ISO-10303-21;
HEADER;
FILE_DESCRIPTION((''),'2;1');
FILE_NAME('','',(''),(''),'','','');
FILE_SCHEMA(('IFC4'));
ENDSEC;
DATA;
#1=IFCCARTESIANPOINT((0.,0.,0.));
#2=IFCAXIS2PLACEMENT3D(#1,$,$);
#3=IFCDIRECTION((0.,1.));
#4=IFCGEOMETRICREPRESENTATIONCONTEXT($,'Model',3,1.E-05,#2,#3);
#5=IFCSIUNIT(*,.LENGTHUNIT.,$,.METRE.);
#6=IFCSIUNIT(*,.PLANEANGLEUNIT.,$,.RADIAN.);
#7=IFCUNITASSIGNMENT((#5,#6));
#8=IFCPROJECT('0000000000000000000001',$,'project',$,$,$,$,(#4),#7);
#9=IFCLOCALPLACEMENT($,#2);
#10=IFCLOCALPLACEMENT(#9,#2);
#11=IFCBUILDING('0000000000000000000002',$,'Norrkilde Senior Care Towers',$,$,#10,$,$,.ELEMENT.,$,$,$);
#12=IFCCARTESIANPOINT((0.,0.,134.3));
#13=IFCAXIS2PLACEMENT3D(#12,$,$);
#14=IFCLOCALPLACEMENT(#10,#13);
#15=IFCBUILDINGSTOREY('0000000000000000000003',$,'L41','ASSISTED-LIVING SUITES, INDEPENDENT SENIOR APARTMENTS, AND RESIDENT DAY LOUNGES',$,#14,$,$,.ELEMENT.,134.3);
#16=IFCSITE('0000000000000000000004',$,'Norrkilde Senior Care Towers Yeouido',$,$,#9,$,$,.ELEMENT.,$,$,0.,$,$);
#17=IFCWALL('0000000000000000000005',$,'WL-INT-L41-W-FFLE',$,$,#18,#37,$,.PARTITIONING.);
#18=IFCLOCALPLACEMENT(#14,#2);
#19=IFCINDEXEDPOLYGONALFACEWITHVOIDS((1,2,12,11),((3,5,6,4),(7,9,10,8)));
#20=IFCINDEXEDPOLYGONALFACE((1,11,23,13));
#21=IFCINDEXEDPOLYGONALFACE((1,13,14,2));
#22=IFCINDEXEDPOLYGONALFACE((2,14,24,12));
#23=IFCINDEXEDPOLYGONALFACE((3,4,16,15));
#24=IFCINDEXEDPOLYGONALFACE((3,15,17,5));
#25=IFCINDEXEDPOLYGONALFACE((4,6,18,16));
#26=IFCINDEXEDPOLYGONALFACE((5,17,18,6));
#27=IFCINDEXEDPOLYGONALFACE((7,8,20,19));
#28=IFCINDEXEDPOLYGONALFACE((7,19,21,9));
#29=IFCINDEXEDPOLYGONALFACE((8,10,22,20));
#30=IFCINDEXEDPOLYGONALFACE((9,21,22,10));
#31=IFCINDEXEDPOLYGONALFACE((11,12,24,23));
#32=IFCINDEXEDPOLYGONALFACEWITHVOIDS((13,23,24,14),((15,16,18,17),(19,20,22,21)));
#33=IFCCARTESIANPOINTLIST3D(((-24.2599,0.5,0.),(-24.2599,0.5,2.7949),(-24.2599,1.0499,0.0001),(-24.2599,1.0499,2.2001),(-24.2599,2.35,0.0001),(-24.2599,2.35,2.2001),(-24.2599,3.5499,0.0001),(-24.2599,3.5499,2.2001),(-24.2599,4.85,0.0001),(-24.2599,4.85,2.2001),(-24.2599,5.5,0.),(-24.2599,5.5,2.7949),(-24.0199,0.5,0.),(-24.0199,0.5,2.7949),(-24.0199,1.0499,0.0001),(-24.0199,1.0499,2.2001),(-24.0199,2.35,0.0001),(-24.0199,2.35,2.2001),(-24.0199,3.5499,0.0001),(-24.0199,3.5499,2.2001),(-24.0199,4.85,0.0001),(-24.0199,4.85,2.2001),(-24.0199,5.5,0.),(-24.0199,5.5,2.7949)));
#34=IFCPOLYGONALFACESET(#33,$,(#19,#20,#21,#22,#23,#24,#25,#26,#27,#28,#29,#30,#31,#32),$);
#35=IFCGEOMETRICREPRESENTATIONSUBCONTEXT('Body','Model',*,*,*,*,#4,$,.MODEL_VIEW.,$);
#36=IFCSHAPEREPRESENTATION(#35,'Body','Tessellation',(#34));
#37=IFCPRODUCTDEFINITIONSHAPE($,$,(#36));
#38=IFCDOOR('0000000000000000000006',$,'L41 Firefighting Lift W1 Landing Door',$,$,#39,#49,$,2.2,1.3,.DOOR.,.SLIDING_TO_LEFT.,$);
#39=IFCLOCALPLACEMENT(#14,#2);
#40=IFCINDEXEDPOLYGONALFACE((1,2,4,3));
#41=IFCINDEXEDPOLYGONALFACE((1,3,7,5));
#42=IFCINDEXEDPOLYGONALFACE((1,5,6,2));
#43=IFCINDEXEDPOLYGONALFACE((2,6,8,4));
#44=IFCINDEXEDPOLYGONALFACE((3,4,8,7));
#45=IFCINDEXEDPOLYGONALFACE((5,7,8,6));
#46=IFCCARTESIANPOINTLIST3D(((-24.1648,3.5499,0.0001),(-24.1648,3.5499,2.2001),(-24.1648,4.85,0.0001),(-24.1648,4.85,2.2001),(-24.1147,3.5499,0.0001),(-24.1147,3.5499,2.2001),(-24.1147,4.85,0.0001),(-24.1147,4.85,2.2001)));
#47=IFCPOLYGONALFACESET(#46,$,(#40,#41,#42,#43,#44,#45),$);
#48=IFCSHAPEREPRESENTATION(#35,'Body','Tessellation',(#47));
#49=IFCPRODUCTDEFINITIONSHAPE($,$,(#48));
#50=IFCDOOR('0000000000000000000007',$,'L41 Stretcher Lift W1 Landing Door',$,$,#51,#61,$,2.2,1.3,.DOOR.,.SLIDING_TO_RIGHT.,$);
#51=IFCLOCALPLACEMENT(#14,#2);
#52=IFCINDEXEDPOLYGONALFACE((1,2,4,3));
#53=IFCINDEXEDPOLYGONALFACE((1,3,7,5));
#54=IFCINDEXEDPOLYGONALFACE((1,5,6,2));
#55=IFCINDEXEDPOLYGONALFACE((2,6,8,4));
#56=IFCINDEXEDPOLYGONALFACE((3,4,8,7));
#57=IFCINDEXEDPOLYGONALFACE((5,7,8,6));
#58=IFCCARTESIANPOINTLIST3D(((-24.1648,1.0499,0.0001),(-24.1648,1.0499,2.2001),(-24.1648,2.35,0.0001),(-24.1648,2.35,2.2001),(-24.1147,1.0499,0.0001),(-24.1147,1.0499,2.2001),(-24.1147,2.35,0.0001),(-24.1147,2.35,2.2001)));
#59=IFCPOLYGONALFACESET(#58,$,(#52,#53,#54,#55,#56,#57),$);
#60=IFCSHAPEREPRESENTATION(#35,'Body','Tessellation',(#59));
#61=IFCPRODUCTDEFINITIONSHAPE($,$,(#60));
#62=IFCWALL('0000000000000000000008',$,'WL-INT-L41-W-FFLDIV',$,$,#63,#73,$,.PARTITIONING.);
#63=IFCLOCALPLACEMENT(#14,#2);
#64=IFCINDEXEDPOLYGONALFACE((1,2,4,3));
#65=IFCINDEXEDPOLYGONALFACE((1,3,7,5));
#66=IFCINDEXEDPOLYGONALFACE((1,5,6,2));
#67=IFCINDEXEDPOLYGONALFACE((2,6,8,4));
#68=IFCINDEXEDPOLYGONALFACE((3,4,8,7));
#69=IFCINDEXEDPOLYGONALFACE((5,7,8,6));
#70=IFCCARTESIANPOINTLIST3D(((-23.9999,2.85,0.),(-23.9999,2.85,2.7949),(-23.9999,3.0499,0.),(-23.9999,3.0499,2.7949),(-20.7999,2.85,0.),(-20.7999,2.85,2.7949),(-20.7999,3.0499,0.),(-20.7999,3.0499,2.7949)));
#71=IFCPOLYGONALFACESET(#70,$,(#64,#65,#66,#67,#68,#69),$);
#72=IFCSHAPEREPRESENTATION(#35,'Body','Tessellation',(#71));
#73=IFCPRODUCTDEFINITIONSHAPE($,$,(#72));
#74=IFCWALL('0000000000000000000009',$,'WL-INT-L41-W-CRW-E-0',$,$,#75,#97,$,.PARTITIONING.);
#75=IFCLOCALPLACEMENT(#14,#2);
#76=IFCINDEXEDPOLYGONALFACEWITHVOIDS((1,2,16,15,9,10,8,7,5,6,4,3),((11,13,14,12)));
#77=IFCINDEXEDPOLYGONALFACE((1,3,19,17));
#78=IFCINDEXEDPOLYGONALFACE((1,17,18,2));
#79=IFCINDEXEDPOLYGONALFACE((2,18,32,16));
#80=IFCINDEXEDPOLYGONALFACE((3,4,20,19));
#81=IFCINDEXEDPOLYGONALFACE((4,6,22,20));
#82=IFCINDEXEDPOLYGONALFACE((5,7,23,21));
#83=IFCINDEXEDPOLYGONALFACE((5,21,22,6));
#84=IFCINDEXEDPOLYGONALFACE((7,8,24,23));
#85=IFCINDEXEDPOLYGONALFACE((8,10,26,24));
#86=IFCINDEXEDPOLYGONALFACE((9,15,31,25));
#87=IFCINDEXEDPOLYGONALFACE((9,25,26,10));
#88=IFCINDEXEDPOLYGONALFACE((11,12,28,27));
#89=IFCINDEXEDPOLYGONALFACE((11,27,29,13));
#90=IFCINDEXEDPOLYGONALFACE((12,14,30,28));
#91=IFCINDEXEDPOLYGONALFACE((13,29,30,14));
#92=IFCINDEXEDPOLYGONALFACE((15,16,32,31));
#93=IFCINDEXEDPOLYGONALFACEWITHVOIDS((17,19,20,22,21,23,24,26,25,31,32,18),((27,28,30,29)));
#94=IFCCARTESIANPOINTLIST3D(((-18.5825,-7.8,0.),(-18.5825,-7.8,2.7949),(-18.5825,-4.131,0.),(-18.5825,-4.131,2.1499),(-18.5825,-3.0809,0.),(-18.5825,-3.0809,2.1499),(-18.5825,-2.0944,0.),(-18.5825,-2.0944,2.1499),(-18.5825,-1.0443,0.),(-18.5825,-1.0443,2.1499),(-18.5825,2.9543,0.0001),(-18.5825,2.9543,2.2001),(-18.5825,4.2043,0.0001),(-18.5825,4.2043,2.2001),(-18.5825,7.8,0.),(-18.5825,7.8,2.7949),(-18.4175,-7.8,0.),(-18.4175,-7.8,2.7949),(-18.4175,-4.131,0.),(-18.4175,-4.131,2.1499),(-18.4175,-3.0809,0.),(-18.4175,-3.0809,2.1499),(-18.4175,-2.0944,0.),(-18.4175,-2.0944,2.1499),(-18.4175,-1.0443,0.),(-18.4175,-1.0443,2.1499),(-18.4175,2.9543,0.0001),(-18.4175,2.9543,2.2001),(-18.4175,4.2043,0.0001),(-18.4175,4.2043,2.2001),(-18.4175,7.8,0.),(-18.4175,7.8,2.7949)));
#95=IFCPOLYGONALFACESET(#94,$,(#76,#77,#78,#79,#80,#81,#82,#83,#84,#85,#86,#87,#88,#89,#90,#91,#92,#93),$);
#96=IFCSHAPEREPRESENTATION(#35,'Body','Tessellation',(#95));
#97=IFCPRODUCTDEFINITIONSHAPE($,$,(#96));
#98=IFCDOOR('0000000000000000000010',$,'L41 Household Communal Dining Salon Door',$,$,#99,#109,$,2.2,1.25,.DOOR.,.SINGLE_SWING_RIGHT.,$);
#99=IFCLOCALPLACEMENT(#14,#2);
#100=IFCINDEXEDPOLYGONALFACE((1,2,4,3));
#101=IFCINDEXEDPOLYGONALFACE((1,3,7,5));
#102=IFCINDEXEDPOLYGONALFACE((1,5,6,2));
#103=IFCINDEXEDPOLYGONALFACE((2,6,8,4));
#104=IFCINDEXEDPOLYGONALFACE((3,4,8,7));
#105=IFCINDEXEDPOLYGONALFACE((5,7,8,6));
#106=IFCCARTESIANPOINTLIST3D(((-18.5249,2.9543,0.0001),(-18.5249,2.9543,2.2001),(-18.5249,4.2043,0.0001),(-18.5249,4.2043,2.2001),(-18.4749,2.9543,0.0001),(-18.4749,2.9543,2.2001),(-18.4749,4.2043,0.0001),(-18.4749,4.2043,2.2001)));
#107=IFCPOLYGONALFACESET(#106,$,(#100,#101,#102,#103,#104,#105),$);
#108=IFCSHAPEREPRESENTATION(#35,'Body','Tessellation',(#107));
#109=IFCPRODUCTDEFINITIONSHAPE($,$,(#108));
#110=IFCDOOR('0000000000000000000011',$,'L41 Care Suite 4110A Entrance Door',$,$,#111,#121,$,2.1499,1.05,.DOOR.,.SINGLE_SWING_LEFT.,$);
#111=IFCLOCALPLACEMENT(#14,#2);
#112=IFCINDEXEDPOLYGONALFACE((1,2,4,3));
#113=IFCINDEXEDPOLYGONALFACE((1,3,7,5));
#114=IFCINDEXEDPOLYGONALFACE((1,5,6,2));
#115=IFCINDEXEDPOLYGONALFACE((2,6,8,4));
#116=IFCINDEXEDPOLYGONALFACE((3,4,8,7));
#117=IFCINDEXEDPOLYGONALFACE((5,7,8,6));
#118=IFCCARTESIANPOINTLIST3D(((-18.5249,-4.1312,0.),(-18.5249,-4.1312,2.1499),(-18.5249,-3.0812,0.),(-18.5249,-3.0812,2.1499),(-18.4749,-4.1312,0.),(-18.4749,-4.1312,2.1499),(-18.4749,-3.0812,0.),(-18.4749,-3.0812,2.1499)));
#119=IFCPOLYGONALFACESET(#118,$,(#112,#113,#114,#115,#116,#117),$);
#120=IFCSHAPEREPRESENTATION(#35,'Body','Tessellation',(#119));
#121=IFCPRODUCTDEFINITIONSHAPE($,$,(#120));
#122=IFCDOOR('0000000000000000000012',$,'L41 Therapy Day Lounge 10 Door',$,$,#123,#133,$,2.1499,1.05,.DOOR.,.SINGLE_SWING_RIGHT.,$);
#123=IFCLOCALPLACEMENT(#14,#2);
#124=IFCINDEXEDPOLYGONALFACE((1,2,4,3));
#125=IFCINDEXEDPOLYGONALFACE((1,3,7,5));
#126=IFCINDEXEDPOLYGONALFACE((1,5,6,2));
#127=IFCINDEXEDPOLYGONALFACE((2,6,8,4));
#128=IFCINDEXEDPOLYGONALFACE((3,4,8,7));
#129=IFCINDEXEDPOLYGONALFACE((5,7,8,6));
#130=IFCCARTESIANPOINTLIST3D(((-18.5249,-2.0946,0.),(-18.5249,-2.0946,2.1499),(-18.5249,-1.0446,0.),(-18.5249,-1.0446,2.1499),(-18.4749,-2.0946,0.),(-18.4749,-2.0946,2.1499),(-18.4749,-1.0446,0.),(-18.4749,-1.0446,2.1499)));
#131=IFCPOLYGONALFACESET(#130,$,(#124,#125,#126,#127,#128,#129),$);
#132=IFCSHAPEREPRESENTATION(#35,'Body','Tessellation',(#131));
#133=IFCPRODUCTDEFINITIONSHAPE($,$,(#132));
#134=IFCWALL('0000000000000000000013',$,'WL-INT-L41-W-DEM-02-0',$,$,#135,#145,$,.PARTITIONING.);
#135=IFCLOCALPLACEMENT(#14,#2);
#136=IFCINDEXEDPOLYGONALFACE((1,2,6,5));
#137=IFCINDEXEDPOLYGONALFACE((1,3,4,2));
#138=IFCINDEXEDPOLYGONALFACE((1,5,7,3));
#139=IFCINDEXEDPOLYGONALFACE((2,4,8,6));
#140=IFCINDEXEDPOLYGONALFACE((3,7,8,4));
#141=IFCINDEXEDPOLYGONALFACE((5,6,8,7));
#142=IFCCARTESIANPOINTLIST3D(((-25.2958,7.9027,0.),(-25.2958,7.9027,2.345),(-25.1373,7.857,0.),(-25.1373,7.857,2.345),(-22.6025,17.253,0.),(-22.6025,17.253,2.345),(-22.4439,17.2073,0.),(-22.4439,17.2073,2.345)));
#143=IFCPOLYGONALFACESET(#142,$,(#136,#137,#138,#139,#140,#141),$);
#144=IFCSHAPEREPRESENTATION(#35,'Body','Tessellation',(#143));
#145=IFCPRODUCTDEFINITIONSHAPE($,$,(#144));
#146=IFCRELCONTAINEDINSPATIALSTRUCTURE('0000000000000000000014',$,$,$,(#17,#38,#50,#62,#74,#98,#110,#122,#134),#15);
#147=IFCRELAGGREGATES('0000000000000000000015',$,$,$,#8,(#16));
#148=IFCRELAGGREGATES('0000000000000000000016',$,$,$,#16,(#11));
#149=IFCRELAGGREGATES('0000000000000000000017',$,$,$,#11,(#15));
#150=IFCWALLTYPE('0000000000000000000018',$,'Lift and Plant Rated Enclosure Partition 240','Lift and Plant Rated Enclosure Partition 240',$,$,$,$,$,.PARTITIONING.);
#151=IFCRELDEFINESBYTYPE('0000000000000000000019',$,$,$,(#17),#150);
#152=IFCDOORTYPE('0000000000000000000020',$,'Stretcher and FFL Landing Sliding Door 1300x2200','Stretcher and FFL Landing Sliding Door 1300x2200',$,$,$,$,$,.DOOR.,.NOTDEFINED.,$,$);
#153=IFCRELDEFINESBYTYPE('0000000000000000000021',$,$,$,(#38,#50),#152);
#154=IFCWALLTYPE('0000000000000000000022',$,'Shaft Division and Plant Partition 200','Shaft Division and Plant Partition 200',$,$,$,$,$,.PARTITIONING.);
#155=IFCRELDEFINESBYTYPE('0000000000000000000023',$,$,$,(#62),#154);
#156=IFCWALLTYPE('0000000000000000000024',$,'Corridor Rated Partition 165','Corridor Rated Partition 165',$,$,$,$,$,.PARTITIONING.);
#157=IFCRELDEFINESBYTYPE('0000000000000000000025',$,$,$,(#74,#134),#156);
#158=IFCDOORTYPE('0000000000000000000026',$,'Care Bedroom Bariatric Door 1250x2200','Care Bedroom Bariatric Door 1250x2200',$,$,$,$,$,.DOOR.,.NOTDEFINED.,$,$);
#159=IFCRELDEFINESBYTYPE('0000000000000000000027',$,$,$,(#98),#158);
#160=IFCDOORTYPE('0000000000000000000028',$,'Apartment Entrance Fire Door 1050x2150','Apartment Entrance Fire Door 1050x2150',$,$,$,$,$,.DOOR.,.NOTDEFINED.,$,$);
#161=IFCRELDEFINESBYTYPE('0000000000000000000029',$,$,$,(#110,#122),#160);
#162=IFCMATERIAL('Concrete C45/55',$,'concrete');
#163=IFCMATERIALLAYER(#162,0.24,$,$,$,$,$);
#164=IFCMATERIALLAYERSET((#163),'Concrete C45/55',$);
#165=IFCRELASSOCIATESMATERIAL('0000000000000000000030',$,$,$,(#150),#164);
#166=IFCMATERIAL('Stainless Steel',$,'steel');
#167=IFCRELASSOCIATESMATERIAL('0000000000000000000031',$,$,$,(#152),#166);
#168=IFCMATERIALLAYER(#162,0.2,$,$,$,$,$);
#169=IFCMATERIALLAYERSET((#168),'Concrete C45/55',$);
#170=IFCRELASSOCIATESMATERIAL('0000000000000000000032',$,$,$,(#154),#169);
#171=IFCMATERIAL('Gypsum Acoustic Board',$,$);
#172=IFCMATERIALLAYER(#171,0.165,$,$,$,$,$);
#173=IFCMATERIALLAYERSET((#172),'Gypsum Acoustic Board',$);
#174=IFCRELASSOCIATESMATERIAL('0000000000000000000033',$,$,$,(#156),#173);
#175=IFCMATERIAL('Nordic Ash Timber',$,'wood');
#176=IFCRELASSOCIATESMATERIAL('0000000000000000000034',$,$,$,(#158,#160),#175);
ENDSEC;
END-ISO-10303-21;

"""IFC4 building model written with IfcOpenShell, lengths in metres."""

from ifc_helpers import new_model, si_unit, direction, frame, frame_2d, origin, place, context, subcontext, project, spatial, rectangle, extrude, source, transform, mapped, material, layer, layer_set, type_object, type_shapes, element, fill, save


model = new_model("IFC4")

# Units and contexts
model_context = context("Model", 3, precision=1e-05, world=origin(), true_north=direction((0.0, 1.0)))
body_context = subcontext(model_context, "Body", "Model", "MODEL_VIEW")
ifc_project = project(units=[si_unit("LENGTHUNIT", "METRE"), si_unit("PLANEANGLEUNIT", "RADIAN")], contexts=[model_context])

# Site, building, storey
site_placement = place(None, origin())
site = spatial("IfcSite", under=ifc_project, at=site_placement, Name="Norrkilde Senior Care Towers Yeouido", CompositionType="ELEMENT", RefElevation=0.0)
building_placement = place(site_placement, origin())
building = spatial("IfcBuilding", under=site, at=building_placement, Name="Norrkilde Senior Care Towers", CompositionType="ELEMENT")
storey_placement = place(building_placement, frame((0.0, 0.0, 134.3)))
storey = spatial("IfcBuildingStorey", under=building, at=storey_placement, Name="L41", Description="ASSISTED-LIVING SUITES, INDEPENDENT SENIOR APARTMENTS, AND RESIDENT DAY LOUNGES", CompositionType="ELEMENT", Elevation=134.3)

# Wall, openings, doors
ifc_material_1 = material(Name="Concrete C45/55", Category="concrete")
ifc_layer_1 = layer(ifc_material_1, 0.24)
ifc_layer_set_1 = layer_set([ifc_layer_1], Name="Concrete C45/55")
wall_type_1 = type_object("IfcWallType", Name="Lift and Plant Rated Enclosure Partition 240", Description="Lift and Plant Rated Enclosure Partition 240", PredefinedType="PARTITIONING", material=ifc_layer_set_1)
shared_shape_1 = source(origin(), body_context, "Body", "SweptSolid", [
    extrude(rectangle(XDim=5.0, YDim=0.24, at=frame_2d((2.5, 0.0))), origin(), (0.0, 0.0, 1.0), 2.7949),
])
type_shapes(wall_type_1, [shared_shape_1])
wall_1_placement = place(storey_placement, frame((-24.1399, 0.5, 0.0), z_axis=(0.0, 0.0, 1.0), x_axis=(0.0, 1.0, 0.0)))
wall_1 = element("IfcWall", 1, at=wall_1_placement, inside=storey, type_object=wall_type_1, Name="WL-INT-L41-W-FFLE", PredefinedType="PARTITIONING", context=body_context, shape_type="MappedRepresentation", body=[
    mapped(shared_shape_1, transform((0.0, 0.0, 0.0), x_axis=(1.0, 0.0, 0.0), y_axis=(0.0, 1.0, 0.0), z_axis=(0.0, 0.0, 1.0), scale=1.0)),
])
opening_1_placement = place(wall_1_placement, frame((3.05, 0.0, 0.0)))
opening_1 = element("IfcOpeningElement", 2, at=opening_1_placement, cuts=wall_1, PredefinedType="OPENING", context=body_context, shape_type="SweptSolid", body=[
    extrude(rectangle(XDim=1.3, YDim=2.2, at=frame_2d((0.6499, 1.1001))), frame((0.0, 0.1299, 0.0), z_axis=(0.0, -1.0, 0.0), x_axis=(1.0, 0.0, 0.0)), (0.0, 0.0, 1.0), 0.26),
])
opening_2_placement = place(wall_1_placement, frame((0.55, 0.0, 0.0)))
opening_2 = element("IfcOpeningElement", 3, at=opening_2_placement, cuts=wall_1, PredefinedType="OPENING", context=body_context, shape_type="SweptSolid", body=[
    extrude(rectangle(XDim=1.3, YDim=2.2, at=frame_2d((0.6499, 1.1001))), frame((0.0, 0.1299, 0.0), z_axis=(0.0, -1.0, 0.0), x_axis=(1.0, 0.0, 0.0)), (0.0, 0.0, 1.0), 0.26),
])
ifc_material_2 = material(Name="Stainless Steel", Category="steel")
door_type_1 = type_object("IfcDoorType", Name="Stretcher and FFL Landing Sliding Door 1300x2200", Description="Stretcher and FFL Landing Sliding Door 1300x2200", OperationType="NOTDEFINED", PredefinedType="DOOR", material=ifc_material_2)
shared_shape_2 = source(origin(), body_context, "Body", "SweptSolid", [
    extrude(rectangle(XDim=1.3, YDim=2.2, at=frame_2d((0.6499, 1.1001))), frame((0.0, 0.0249, 0.0), z_axis=(0.0, -1.0, 0.0), x_axis=(1.0, 0.0, 0.0)), (0.0, 0.0, 1.0), 0.05),
])
type_shapes(door_type_1, [shared_shape_2])
door_1_placement = place(opening_1_placement, origin())
door_1 = element("IfcDoor", 4, at=door_1_placement, inside=storey, type_object=door_type_1, Name="L41 Firefighting Lift W1 Landing Door", OperationType="SLIDING_TO_LEFT", OverallHeight=2.2, OverallWidth=1.3, PredefinedType="DOOR", context=body_context, shape_type="MappedRepresentation", body=[
    mapped(shared_shape_2, transform((0.0, 0.0, 0.0), x_axis=(1.0, 0.0, 0.0), y_axis=(0.0, 1.0, 0.0), z_axis=(0.0, 0.0, 1.0), scale=1.0)),
])
fill(opening_1, door_1)
door_2_placement = place(opening_2_placement, origin())
door_2 = element("IfcDoor", 5, at=door_2_placement, inside=storey, type_object=door_type_1, Name="L41 Stretcher Lift W1 Landing Door", OperationType="SLIDING_TO_RIGHT", OverallHeight=2.2, OverallWidth=1.3, PredefinedType="DOOR", context=body_context, shape_type="MappedRepresentation", body=[
    mapped(shared_shape_2, transform((0.0, 0.0, 0.0), x_axis=(1.0, 0.0, 0.0), y_axis=(0.0, 1.0, 0.0), z_axis=(0.0, 0.0, 1.0), scale=1.0)),
])
fill(opening_2, door_2)

# Wall
ifc_layer_2 = layer(ifc_material_1, 0.2)
ifc_layer_set_2 = layer_set([ifc_layer_2], Name="Concrete C45/55")
wall_type_2 = type_object("IfcWallType", Name="Shaft Division and Plant Partition 200", Description="Shaft Division and Plant Partition 200", PredefinedType="PARTITIONING", material=ifc_layer_set_2)
shared_shape_3 = source(origin(), body_context, "Body", "SweptSolid", [
    extrude(rectangle(XDim=3.2, YDim=0.2, at=frame_2d((1.6001, 0.0))), origin(), (0.0, 0.0, 1.0), 2.7949),
])
type_shapes(wall_type_2, [shared_shape_3])
wall_2_placement = place(storey_placement, frame((-24.0, 2.95, 0.0), z_axis=(0.0, 0.0, 1.0), x_axis=(1.0, 0.0, 0.0)))
element("IfcWall", 6, at=wall_2_placement, inside=storey, type_object=wall_type_2, Name="WL-INT-L41-W-FFLDIV", PredefinedType="PARTITIONING", context=body_context, shape_type="MappedRepresentation", body=[
    mapped(shared_shape_3, transform((0.0, 0.0, 0.0), x_axis=(1.0, 0.0, 0.0), y_axis=(0.0, 1.0, 0.0), z_axis=(0.0, 0.0, 1.0), scale=1.0)),
])

# Wall, openings, doors
ifc_material_3 = material(Name="Gypsum Acoustic Board")
ifc_layer_3 = layer(ifc_material_3, 0.165)
ifc_layer_set_3 = layer_set([ifc_layer_3], Name="Gypsum Acoustic Board")
wall_type_3 = type_object("IfcWallType", Name="Corridor Rated Partition 165", Description="Corridor Rated Partition 165", PredefinedType="PARTITIONING", material=ifc_layer_set_3)
shared_shape_4 = source(origin(), body_context, "Body", "SweptSolid", [
    extrude(rectangle(XDim=15.6001, YDim=0.165, at=frame_2d((7.8, 0.0))), origin(), (0.0, 0.0, 1.0), 2.7949),
])
wall_3_placement = place(storey_placement, frame((-18.5, 7.8, 0.0), z_axis=(0.0, 0.0, 1.0), x_axis=(0.0, -1.0, 0.0)))
wall_3 = element("IfcWall", 7, at=wall_3_placement, inside=storey, type_object=wall_type_3, Name="WL-INT-L41-W-CRW-E-0", PredefinedType="PARTITIONING", context=body_context, shape_type="MappedRepresentation", body=[
    mapped(shared_shape_4, transform((0.0, 0.0, 0.0), x_axis=(1.0, 0.0, 0.0), y_axis=(0.0, 1.0, 0.0), z_axis=(0.0, 0.0, 1.0), scale=1.0)),
])
opening_3_placement = place(wall_3_placement, frame((10.8811, 0.0, 0.0)))
opening_3 = element("IfcOpeningElement", 8, at=opening_3_placement, cuts=wall_3, PredefinedType="OPENING", context=body_context, shape_type="SweptSolid", body=[
    extrude(rectangle(XDim=1.05, YDim=2.1499, at=frame_2d((0.5249, 1.075))), frame((0.0, 0.0925, 0.0), z_axis=(0.0, -1.0, 0.0), x_axis=(1.0, 0.0, 0.0)), (0.0, 0.0, 1.0), 0.1851),
])
opening_4_placement = place(wall_3_placement, frame((8.8445, 0.0, 0.0)))
opening_4 = element("IfcOpeningElement", 9, at=opening_4_placement, cuts=wall_3, PredefinedType="OPENING", context=body_context, shape_type="SweptSolid", body=[
    extrude(rectangle(XDim=1.05, YDim=2.1499, at=frame_2d((0.5249, 1.075))), frame((0.0, 0.0925, 0.0), z_axis=(0.0, -1.0, 0.0), x_axis=(1.0, 0.0, 0.0)), (0.0, 0.0, 1.0), 0.1851),
])
opening_5_placement = place(wall_3_placement, frame((3.5957, 0.0, 0.0)))
opening_5 = element("IfcOpeningElement", 10, at=opening_5_placement, cuts=wall_3, PredefinedType="OPENING", context=body_context, shape_type="SweptSolid", body=[
    extrude(rectangle(XDim=1.25, YDim=2.2, at=frame_2d((0.625, 1.1001))), frame((0.0, 0.0925, 0.0), z_axis=(0.0, -1.0, 0.0), x_axis=(1.0, 0.0, 0.0)), (0.0, 0.0, 1.0), 0.1851),
])
ifc_material_4 = material(Name="Nordic Ash Timber", Category="wood")
door_type_2 = type_object("IfcDoorType", Name="Care Bedroom Bariatric Door 1250x2200", Description="Care Bedroom Bariatric Door 1250x2200", OperationType="NOTDEFINED", PredefinedType="DOOR", material=ifc_material_4)
shared_shape_5 = source(origin(), body_context, "Body", "SweptSolid", [
    extrude(rectangle(XDim=1.25, YDim=2.2, at=frame_2d((0.625, 1.1001))), frame((0.0, 0.0249, 0.0), z_axis=(0.0, -1.0, 0.0), x_axis=(1.0, 0.0, 0.0)), (0.0, 0.0, 1.0), 0.05),
])
type_shapes(door_type_2, [shared_shape_5])
door_3_placement = place(opening_5_placement, frame((1.25, 0.0, 0.0), z_axis=(0.0, 0.0, 1.0), x_axis=(-1.0, 0.0, 0.0)))
door_3 = element("IfcDoor", 11, at=door_3_placement, inside=storey, type_object=door_type_2, Name="L41 Household Communal Dining Salon Door", OperationType="SINGLE_SWING_RIGHT", OverallHeight=2.2, OverallWidth=1.25, PredefinedType="DOOR", context=body_context, shape_type="MappedRepresentation", body=[
    mapped(shared_shape_5, transform((0.0, 0.0, 0.0), x_axis=(1.0, 0.0, 0.0), y_axis=(0.0, 1.0, 0.0), z_axis=(0.0, 0.0, 1.0), scale=1.0)),
])
fill(opening_5, door_3)
door_type_3 = type_object("IfcDoorType", Name="Apartment Entrance Fire Door 1050x2150", Description="Apartment Entrance Fire Door 1050x2150", OperationType="NOTDEFINED", PredefinedType="DOOR", material=ifc_material_4)
shared_shape_6 = source(origin(), body_context, "Body", "SweptSolid", [
    extrude(rectangle(XDim=1.05, YDim=2.1499, at=frame_2d((0.5249, 1.075))), frame((0.0, 0.0249, 0.0), z_axis=(0.0, -1.0, 0.0), x_axis=(1.0, 0.0, 0.0)), (0.0, 0.0, 1.0), 0.05),
])
type_shapes(door_type_3, [shared_shape_6])
door_4_placement = place(opening_3_placement, frame((1.05, 0.0, 0.0), z_axis=(0.0, 0.0, 1.0), x_axis=(-1.0, 0.0, 0.0)))
door_4 = element("IfcDoor", 12, at=door_4_placement, inside=storey, type_object=door_type_3, Name="L41 Care Suite 4110A Entrance Door", OperationType="SINGLE_SWING_LEFT", OverallHeight=2.1499, OverallWidth=1.05, PredefinedType="DOOR", context=body_context, shape_type="MappedRepresentation", body=[
    mapped(shared_shape_6, transform((0.0, 0.0, 0.0), x_axis=(1.0, 0.0, 0.0), y_axis=(0.0, 1.0, 0.0), z_axis=(0.0, 0.0, 1.0), scale=1.0)),
])
fill(opening_3, door_4)
door_5_placement = place(opening_4_placement, frame((1.05, 0.0, 0.0), z_axis=(0.0, 0.0, 1.0), x_axis=(-1.0, 0.0, 0.0)))
door_5 = element("IfcDoor", 13, at=door_5_placement, inside=storey, type_object=door_type_3, Name="L41 Therapy Day Lounge 10 Door", OperationType="SINGLE_SWING_RIGHT", OverallHeight=2.1499, OverallWidth=1.05, PredefinedType="DOOR", context=body_context, shape_type="MappedRepresentation", body=[
    mapped(shared_shape_6, transform((0.0, 0.0, 0.0), x_axis=(1.0, 0.0, 0.0), y_axis=(0.0, 1.0, 0.0), z_axis=(0.0, 0.0, 1.0), scale=1.0)),
])
fill(opening_4, door_5)

# Wall
shared_shape_7 = source(origin(), body_context, "Body", "SweptSolid", [
    extrude(rectangle(XDim=9.7305, YDim=0.165, at=frame_2d((4.8652, 0.0))), origin(), (0.0, 0.0, 1.0), 2.345),
])
type_shapes(wall_type_3, [shared_shape_4, shared_shape_7])
wall_4_placement = place(storey_placement, frame((-25.2166, 7.8799, 0.0), z_axis=(0.0, 0.0, 1.0), x_axis=(0.276795, 0.960929, 0.0)))
element("IfcWall", 14, at=wall_4_placement, inside=storey, type_object=wall_type_3, Name="WL-INT-L41-W-DEM-02-0", PredefinedType="PARTITIONING", context=body_context, shape_type="MappedRepresentation", body=[
    mapped(shared_shape_7, transform((0.0, 0.0, 0.0), x_axis=(1.0, 0.0, 0.0), y_axis=(0.0, 1.0, 0.0), z_axis=(0.0, 0.0, 1.0), scale=1.0)),
])

save(model, "model.ifc")
